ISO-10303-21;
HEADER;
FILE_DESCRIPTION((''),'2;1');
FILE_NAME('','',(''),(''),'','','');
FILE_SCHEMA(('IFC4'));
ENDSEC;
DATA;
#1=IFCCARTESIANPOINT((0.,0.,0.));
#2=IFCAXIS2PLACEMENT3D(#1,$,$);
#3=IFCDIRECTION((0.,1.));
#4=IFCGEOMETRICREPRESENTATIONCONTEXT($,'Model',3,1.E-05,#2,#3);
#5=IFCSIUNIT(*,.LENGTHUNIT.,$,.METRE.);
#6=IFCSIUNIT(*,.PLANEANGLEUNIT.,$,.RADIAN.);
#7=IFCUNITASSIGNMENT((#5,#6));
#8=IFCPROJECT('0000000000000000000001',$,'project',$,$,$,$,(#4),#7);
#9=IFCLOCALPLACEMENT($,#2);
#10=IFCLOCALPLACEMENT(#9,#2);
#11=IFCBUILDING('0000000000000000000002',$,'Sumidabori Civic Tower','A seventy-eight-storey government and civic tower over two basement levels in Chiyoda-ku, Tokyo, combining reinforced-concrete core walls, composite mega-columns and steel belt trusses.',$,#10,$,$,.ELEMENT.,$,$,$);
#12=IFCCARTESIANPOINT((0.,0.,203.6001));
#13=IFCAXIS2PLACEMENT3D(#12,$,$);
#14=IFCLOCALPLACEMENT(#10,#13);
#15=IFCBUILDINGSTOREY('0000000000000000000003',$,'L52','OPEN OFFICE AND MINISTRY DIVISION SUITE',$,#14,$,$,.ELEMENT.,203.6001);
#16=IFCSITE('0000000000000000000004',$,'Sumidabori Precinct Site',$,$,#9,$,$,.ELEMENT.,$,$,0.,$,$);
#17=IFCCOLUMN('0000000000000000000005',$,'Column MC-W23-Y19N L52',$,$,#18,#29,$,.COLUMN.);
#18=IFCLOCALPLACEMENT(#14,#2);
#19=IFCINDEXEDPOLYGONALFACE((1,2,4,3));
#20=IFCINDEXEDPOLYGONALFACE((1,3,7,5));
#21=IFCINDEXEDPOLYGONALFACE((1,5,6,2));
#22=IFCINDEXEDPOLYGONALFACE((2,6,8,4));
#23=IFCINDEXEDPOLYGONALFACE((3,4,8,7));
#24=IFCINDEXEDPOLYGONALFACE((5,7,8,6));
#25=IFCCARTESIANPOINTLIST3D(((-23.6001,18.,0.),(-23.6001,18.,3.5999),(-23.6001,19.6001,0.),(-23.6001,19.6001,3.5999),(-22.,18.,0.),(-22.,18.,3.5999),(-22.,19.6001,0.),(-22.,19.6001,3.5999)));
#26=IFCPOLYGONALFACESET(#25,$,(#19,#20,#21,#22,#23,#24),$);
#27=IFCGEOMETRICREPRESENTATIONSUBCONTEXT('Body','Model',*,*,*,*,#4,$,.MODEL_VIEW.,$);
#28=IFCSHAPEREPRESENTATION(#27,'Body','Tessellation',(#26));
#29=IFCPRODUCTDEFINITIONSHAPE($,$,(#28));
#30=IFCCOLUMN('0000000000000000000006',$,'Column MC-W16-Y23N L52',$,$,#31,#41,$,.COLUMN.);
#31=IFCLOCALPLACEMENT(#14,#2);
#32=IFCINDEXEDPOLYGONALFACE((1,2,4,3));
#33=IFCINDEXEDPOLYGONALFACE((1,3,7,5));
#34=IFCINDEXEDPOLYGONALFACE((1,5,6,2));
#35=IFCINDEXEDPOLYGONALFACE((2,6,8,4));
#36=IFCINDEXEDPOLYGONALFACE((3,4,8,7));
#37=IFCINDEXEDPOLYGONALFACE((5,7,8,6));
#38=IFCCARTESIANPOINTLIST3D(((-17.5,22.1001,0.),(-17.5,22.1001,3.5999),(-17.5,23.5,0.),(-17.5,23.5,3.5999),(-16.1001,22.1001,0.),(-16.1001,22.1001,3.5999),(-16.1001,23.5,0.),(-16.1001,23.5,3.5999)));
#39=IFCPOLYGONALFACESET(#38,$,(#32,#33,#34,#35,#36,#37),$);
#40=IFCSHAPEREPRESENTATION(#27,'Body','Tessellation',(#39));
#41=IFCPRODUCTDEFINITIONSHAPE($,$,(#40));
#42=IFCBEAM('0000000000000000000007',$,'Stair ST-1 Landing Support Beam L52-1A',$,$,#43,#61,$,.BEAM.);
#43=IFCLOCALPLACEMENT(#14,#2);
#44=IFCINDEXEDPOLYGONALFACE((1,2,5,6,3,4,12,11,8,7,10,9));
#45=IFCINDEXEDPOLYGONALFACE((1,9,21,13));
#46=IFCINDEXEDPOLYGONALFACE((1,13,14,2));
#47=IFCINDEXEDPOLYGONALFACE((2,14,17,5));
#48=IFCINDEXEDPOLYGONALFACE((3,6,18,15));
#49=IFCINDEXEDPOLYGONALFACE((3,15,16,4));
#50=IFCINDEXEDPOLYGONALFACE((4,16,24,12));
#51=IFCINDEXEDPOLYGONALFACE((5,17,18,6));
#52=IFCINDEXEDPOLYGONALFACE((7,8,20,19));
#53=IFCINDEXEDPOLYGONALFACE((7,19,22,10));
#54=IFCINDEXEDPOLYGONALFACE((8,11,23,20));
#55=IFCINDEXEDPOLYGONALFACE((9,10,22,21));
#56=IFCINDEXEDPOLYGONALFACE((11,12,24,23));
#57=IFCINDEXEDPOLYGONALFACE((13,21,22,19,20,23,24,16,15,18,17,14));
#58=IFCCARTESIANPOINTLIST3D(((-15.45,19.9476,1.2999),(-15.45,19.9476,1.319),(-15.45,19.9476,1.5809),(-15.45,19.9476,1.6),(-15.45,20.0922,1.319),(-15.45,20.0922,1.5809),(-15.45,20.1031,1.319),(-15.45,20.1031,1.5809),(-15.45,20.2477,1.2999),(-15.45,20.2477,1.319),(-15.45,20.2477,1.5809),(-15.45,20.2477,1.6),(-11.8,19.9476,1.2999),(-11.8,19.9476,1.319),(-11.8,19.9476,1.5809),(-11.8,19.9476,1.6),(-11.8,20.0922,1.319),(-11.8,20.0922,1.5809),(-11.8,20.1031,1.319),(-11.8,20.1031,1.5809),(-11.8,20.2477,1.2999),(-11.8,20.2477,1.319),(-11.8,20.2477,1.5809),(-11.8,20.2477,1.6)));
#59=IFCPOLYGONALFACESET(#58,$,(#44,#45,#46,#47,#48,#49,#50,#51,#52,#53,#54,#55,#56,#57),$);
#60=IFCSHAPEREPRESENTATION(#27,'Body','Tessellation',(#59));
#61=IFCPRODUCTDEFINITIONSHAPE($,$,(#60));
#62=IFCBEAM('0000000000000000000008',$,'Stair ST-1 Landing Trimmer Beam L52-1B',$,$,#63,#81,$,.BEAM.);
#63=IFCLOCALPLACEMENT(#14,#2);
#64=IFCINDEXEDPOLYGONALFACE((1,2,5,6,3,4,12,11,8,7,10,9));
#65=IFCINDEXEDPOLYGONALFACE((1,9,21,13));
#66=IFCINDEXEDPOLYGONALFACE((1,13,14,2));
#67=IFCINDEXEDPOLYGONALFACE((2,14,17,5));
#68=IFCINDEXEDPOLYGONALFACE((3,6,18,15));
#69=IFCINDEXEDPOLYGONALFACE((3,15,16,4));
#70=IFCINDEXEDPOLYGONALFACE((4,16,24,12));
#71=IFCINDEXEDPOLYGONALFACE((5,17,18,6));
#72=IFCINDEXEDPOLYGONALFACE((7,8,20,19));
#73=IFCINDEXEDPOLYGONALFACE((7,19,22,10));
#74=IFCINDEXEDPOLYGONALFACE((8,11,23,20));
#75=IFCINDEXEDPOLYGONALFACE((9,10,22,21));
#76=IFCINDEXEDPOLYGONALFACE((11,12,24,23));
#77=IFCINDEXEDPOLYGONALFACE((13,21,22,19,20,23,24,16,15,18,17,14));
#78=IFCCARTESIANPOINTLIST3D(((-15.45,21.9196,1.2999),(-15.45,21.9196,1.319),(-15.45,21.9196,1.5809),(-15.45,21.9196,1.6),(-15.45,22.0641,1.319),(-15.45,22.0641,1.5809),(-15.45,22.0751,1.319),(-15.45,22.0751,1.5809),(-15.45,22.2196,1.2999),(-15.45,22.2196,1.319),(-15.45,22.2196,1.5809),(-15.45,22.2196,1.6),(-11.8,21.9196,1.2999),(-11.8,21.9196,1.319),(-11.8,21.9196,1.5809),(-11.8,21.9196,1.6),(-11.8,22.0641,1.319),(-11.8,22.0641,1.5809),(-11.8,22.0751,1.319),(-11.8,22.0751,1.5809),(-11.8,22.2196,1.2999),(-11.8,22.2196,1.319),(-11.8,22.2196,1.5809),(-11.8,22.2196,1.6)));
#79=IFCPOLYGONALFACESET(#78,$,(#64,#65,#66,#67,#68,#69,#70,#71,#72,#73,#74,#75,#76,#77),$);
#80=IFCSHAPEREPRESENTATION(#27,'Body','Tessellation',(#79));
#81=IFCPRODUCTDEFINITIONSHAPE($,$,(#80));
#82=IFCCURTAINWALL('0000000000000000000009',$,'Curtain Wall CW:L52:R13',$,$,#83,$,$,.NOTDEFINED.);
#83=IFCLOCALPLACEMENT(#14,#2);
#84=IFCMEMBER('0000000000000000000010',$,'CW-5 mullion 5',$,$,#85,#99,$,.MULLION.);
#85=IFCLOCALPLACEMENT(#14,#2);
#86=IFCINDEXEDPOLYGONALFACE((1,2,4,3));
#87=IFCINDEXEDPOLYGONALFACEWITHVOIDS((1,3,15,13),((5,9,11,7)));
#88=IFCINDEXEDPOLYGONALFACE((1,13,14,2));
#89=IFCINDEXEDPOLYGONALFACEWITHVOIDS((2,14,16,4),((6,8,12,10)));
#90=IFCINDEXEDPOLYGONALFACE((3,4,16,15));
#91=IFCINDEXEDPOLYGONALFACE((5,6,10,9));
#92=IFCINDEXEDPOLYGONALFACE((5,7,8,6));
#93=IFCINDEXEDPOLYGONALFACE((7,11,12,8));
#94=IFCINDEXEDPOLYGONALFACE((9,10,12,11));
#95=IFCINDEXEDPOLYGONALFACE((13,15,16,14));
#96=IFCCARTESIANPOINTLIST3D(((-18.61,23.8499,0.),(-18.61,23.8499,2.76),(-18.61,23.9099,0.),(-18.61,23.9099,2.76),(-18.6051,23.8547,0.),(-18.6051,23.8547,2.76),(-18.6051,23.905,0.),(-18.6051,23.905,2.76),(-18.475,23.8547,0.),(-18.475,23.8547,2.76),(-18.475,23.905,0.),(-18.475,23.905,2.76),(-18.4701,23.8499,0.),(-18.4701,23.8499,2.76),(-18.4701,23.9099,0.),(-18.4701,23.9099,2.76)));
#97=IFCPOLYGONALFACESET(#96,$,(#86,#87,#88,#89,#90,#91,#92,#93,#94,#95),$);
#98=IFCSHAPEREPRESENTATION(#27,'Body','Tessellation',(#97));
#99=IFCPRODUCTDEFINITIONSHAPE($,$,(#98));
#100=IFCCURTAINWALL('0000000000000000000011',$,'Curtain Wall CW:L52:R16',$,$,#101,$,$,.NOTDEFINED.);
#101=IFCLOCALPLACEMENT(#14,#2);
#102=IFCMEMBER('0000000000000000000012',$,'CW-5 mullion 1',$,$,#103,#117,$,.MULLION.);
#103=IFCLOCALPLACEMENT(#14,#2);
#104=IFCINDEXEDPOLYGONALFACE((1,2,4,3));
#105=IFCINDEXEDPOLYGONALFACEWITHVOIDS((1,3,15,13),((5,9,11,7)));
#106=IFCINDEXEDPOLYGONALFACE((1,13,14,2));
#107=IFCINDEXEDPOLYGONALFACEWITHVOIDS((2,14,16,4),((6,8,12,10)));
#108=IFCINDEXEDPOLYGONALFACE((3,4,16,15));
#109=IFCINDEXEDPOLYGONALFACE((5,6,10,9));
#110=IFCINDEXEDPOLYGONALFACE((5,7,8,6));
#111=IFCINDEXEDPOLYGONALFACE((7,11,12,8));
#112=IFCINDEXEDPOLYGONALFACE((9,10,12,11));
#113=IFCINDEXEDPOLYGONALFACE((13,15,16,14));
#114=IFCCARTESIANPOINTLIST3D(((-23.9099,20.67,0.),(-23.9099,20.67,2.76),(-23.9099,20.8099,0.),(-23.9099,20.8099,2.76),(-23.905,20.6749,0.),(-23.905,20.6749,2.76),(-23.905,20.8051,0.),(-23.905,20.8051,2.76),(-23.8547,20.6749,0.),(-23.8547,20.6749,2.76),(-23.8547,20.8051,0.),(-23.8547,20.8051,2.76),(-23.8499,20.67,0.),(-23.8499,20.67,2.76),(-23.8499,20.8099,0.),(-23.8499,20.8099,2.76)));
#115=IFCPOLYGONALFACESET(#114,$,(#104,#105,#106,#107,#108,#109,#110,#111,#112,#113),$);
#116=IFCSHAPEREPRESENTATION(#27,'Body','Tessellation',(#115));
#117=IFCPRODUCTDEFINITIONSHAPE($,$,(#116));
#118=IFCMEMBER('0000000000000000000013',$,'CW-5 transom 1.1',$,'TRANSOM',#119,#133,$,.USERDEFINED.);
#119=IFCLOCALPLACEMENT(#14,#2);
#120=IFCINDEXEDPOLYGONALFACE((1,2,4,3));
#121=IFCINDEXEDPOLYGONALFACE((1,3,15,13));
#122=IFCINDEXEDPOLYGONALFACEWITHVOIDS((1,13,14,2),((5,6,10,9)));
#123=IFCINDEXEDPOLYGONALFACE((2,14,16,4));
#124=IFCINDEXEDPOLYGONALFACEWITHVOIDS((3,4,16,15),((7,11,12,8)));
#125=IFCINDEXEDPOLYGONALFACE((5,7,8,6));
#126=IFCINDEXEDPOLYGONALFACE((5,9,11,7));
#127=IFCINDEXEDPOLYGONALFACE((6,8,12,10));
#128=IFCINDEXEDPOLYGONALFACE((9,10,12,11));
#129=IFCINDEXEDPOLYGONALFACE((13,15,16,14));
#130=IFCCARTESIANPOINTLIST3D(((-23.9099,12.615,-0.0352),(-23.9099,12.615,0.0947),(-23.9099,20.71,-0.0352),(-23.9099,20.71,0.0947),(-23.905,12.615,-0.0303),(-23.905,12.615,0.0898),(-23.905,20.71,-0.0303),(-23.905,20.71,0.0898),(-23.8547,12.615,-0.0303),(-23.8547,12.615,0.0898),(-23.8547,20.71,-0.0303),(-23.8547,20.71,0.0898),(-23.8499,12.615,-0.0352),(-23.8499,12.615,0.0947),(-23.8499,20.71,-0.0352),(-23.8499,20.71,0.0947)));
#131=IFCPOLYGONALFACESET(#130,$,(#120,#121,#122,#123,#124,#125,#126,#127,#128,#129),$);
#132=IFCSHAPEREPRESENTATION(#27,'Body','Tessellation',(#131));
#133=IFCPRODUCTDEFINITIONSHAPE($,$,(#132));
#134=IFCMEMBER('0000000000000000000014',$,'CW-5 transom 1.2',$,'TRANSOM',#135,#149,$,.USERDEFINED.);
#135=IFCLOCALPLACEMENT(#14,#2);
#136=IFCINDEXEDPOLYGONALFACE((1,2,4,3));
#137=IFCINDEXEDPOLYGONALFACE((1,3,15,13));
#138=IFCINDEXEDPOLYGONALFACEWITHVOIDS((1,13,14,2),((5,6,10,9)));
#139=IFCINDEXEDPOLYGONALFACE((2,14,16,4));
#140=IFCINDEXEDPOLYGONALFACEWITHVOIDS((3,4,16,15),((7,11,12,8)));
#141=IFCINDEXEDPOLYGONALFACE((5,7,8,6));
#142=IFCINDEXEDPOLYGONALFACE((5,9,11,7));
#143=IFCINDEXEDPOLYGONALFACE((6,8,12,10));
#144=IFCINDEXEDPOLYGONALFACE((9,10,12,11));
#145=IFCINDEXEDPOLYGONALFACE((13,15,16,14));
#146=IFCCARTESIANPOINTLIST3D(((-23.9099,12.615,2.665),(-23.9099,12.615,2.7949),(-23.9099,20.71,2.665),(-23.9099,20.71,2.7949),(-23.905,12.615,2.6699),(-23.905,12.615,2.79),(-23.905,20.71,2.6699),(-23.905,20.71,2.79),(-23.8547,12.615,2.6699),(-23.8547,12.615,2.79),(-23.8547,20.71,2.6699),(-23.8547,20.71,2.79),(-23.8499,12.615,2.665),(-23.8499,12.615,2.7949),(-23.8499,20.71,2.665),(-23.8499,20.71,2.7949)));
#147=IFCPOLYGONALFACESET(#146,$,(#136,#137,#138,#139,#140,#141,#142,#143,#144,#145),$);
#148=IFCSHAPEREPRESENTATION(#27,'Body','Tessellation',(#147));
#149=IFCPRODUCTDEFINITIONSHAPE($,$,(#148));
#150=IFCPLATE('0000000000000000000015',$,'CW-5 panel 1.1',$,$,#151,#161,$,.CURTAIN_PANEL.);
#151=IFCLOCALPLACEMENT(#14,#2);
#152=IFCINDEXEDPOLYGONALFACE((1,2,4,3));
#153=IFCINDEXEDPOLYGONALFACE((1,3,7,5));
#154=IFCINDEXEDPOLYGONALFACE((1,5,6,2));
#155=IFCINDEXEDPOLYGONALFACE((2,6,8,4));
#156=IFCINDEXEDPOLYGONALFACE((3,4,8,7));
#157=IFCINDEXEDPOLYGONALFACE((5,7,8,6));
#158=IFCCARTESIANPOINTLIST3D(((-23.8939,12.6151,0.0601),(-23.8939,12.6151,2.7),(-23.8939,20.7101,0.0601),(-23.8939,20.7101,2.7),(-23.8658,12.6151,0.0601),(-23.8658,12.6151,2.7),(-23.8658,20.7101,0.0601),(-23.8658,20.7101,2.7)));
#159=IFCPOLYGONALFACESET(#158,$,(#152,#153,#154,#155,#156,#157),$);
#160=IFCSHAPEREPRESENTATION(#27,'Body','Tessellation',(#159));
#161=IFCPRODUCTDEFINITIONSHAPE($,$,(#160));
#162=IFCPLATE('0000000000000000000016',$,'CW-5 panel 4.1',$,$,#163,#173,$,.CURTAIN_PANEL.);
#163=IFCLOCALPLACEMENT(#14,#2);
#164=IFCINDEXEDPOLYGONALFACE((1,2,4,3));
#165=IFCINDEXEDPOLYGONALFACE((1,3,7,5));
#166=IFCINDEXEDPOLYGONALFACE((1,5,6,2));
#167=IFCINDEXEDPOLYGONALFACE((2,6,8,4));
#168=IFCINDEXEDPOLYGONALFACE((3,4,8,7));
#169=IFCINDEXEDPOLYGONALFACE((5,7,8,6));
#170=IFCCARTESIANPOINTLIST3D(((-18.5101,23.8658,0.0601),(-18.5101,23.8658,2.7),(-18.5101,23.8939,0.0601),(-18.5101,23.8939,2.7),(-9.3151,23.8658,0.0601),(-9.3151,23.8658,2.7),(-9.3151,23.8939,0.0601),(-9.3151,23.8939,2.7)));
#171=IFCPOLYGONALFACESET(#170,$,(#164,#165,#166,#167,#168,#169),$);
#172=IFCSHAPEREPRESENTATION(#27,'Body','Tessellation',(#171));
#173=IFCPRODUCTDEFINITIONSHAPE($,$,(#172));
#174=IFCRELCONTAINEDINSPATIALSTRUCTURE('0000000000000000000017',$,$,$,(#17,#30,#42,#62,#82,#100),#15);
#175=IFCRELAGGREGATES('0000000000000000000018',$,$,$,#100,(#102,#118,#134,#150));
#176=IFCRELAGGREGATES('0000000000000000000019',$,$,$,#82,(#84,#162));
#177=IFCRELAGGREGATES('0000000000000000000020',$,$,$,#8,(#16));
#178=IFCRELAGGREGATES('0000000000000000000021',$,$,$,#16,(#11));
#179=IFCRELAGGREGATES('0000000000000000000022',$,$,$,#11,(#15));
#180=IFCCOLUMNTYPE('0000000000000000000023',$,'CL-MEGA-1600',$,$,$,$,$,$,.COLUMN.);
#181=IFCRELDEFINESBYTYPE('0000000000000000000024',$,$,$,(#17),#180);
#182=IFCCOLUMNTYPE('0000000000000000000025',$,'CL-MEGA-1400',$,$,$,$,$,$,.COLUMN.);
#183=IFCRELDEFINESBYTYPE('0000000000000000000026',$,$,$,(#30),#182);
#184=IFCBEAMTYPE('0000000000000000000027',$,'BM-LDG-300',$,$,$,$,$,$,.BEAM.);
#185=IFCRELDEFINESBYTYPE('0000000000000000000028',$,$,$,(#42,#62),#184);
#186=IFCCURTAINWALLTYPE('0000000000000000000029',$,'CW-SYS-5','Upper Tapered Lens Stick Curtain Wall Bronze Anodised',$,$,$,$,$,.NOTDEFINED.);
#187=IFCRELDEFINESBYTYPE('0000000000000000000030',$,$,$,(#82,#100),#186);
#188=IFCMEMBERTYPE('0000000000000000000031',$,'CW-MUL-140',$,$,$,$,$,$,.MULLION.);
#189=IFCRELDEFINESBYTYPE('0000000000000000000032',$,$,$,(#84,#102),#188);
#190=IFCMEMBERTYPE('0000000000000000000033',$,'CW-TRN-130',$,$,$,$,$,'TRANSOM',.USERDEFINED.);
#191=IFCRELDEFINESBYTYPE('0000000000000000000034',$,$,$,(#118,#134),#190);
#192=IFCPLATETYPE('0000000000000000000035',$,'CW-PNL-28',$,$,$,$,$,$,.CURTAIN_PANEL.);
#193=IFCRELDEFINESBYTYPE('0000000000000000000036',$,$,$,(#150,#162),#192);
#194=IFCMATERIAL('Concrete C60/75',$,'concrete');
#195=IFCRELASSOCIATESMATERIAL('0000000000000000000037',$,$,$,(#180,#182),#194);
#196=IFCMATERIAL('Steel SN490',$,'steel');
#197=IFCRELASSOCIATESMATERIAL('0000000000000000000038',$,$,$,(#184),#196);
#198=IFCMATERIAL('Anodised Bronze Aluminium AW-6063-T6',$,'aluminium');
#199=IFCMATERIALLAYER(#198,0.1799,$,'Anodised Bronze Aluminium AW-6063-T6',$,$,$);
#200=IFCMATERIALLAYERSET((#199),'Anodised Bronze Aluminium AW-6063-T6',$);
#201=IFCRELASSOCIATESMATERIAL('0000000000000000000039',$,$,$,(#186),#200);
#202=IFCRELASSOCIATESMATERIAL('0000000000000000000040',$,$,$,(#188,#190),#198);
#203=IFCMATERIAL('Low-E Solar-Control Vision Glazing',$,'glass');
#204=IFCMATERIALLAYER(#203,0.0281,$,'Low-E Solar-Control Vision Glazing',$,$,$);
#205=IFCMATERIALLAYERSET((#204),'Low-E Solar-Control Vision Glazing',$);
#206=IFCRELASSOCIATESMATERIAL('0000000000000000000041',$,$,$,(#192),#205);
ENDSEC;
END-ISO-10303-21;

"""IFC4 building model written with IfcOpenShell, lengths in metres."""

from ifc_helpers import new_model, si_unit, direction, frame, origin, origin_2d, place, context, subcontext, project, spatial, rectangle, hollow_rectangle, i_section, extrude, source, transform, mapped, material, layer, layer_set, material_profile, profile_set, type_object, element, aggregate, save


model = new_model("IFC4")

# Units and contexts
model_context = context("Model", 3, precision=1e-05, world=origin(), true_north=direction((0.0, 1.0)))
body_context = subcontext(model_context, "Body", "Model", "MODEL_VIEW")
ifc_project = project(units=[si_unit("LENGTHUNIT", "METRE"), si_unit("PLANEANGLEUNIT", "RADIAN")], contexts=[model_context])

# Site, building, storey
site_placement = place(None, origin())
site = spatial("IfcSite", under=ifc_project, at=site_placement, Name="Sumidabori Precinct Site", CompositionType="ELEMENT", RefElevation=0.0)
building_placement = place(site_placement, origin())
building = spatial("IfcBuilding", under=site, at=building_placement, Name="Sumidabori Civic Tower", Description="A seventy-eight-storey government and civic tower over two basement levels in Chiyoda-ku, Tokyo, combining reinforced-concrete core walls, composite mega-columns and steel belt trusses.", CompositionType="ELEMENT")
storey_placement = place(building_placement, frame((0.0, 0.0, 203.6001)))
storey = spatial("IfcBuildingStorey", under=building, at=storey_placement, Name="L52", Description="OPEN OFFICE AND MINISTRY DIVISION SUITE", CompositionType="ELEMENT", Elevation=203.6001)

# Columns
ifc_material_1 = material(Name="Concrete C60/75", Category="concrete")
ifc_material_profile_1 = material_profile(ifc_material_1, rectangle(XDim=1.6001, YDim=1.6001, at=origin_2d()), Name="RC 1600x1600")
ifc_profile_set_1 = profile_set([ifc_material_profile_1], Name="Concrete C60/75")
column_type_1 = type_object("IfcColumnType", Name="CL-MEGA-1600", PredefinedType="COLUMN", material=ifc_profile_set_1)
shared_shape_1 = source(origin(), body_context, "Body", "SweptSolid", [
    extrude(rectangle(XDim=1.6001, YDim=1.6001, at=origin_2d()), origin(), (0.0, 0.0, 1.0), 3.5999),
])
column_1_placement = place(storey_placement, frame((-22.8, 18.8, 0.0), z_axis=(0.0, 0.0, 1.0), x_axis=(1.0, 0.0, 0.0)))
element("IfcColumn", 1, at=column_1_placement, inside=storey, type_object=column_type_1, Name="Column MC-W23-Y19N L52", PredefinedType="COLUMN", context=body_context, shape_type="MappedRepresentation", body=[
    mapped(shared_shape_1, transform((0.0, 0.0, 0.0), x_axis=(1.0, 0.0, 0.0), y_axis=(0.0, 1.0, 0.0), z_axis=(0.0, 0.0, 1.0), scale=1.0)),
])
ifc_material_profile_2 = material_profile(ifc_material_1, rectangle(XDim=1.3999, YDim=1.3999, at=origin_2d()), Name="RC 1400x1400")
ifc_profile_set_2 = profile_set([ifc_material_profile_2], Name="Concrete C60/75")
column_type_2 = type_object("IfcColumnType", Name="CL-MEGA-1400", PredefinedType="COLUMN", material=ifc_profile_set_2)
shared_shape_2 = source(origin(), body_context, "Body", "SweptSolid", [
    extrude(rectangle(XDim=1.3999, YDim=1.3999, at=origin_2d()), origin(), (0.0, 0.0, 1.0), 3.5999),
])
column_2_placement = place(storey_placement, frame((-16.8, 22.8, 0.0), z_axis=(0.0, 0.0, 1.0), x_axis=(1.0, 0.0, 0.0)))
element("IfcColumn", 2, at=column_2_placement, inside=storey, type_object=column_type_2, Name="Column MC-W16-Y23N L52", PredefinedType="COLUMN", context=body_context, shape_type="MappedRepresentation", body=[
    mapped(shared_shape_2, transform((0.0, 0.0, 0.0), x_axis=(1.0, 0.0, 0.0), y_axis=(0.0, 1.0, 0.0), z_axis=(0.0, 0.0, 1.0), scale=1.0)),
])

# Beams
ifc_material_2 = material(Name="Steel SN490", Category="steel")
ifc_material_profile_3 = material_profile(ifc_material_2, i_section(OverallWidth=0.3, OverallDepth=0.3, WebThickness=0.011, FlangeThickness=0.019, at=origin_2d()), Name="HE 300 B")
ifc_profile_set_3 = profile_set([ifc_material_profile_3], Name="Steel SN490")
beam_type = type_object("IfcBeamType", Name="BM-LDG-300", PredefinedType="BEAM", material=ifc_profile_set_3)
shared_shape_3 = source(origin(), body_context, "Body", "SweptSolid", [
    extrude(i_section(OverallWidth=0.3, OverallDepth=0.3, WebThickness=0.011, FlangeThickness=0.019, at=origin_2d()), origin(), (0.0, 0.0, 1.0), 3.6499),
])
for number, where, z_axis, x_axis, name in (
    (3, (-15.45, 20.0977, 1.45), (1.0, 0.0, 0.0), (0.0, 1.0, 0.0), "Stair ST-1 Landing Support Beam L52-1A"),
    (4, (-15.45, 22.0696, 1.45), (1.0, 0.0, 0.0), (0.0, 1.0, 0.0), "Stair ST-1 Landing Trimmer Beam L52-1B"),
):
    element("IfcBeam", number, at=place(storey_placement, frame(where, z_axis=z_axis, x_axis=x_axis)), inside=storey, type_object=beam_type, Name=name, PredefinedType="BEAM", context=body_context, shape_type="MappedRepresentation", body=[
        mapped(shared_shape_3, transform((0.0, 0.0, 0.0), x_axis=(1.0, 0.0, 0.0), y_axis=(0.0, 1.0, 0.0), z_axis=(0.0, 0.0, 1.0), scale=1.0)),
    ])

# Curtain wall, member
ifc_material_3 = material(Name="Anodised Bronze Aluminium AW-6063-T6", Category="aluminium")
ifc_layer_1 = layer(ifc_material_3, 0.1799, Name="Anodised Bronze Aluminium AW-6063-T6")
ifc_layer_set_1 = layer_set([ifc_layer_1], Name="Anodised Bronze Aluminium AW-6063-T6")
curtain_wall_type = type_object("IfcCurtainWallType", Name="CW-SYS-5", Description="Upper Tapered Lens Stick Curtain Wall Bronze Anodised", PredefinedType="NOTDEFINED", material=ifc_layer_set_1)
curtain_wall_1_placement = place(storey_placement, origin())
curtain_wall_1 = element("IfcCurtainWall", 5, at=curtain_wall_1_placement, inside=storey, type_object=curtain_wall_type, Name="Curtain Wall CW:L52:R13", PredefinedType="NOTDEFINED")
ifc_material_profile_4 = material_profile(ifc_material_3, hollow_rectangle(XDim=0.0601, YDim=0.1399, WallThickness=0.0049, at=origin_2d()), Name="ALU MULLION 140x60")
ifc_profile_set_4 = profile_set([ifc_material_profile_4], Name="Anodised Bronze Aluminium AW-6063-T6")
member_type_1 = type_object("IfcMemberType", Name="CW-MUL-140", PredefinedType="MULLION", material=ifc_profile_set_4)
shared_shape_4 = source(origin(), body_context, "Body", "SweptSolid", [
    extrude(hollow_rectangle(XDim=0.0601, YDim=0.1399, WallThickness=0.0049, at=origin_2d()), origin(), (0.0, 0.0, 1.0), 2.76),
])
member_1_placement = place(storey_placement, frame((-18.54, 23.8799, 0.0), z_axis=(0.0, 0.0, 1.0), x_axis=(0.0, -1.0, 0.0)))
member_1 = element("IfcMember", 6, at=member_1_placement, type_object=member_type_1, Name="CW-5 mullion 5", PredefinedType="MULLION", context=body_context, shape_type="MappedRepresentation", body=[
    mapped(shared_shape_4, transform((0.0, 0.0, 0.0), x_axis=(1.0, 0.0, 0.0), y_axis=(0.0, 1.0, 0.0), z_axis=(0.0, 0.0, 1.0), scale=1.0)),
])

# Curtain wall, members, plate
curtain_wall_2_placement = place(storey_placement, origin())
curtain_wall_2 = element("IfcCurtainWall", 7, at=curtain_wall_2_placement, inside=storey, type_object=curtain_wall_type, Name="Curtain Wall CW:L52:R16", PredefinedType="NOTDEFINED")
member_2_placement = place(storey_placement, frame((-23.8799, 20.74, 0.0), z_axis=(0.0, 0.0, 1.0), x_axis=(1.0, 0.0, 0.0)))
member_2 = element("IfcMember", 8, at=member_2_placement, type_object=member_type_1, Name="CW-5 mullion 1", PredefinedType="MULLION", context=body_context, shape_type="MappedRepresentation", body=[
    mapped(shared_shape_4, transform((0.0, 0.0, 0.0), x_axis=(1.0, 0.0, 0.0), y_axis=(0.0, 1.0, 0.0), z_axis=(0.0, 0.0, 1.0), scale=1.0)),
])
ifc_material_profile_5 = material_profile(ifc_material_3, hollow_rectangle(XDim=0.0601, YDim=0.1299, WallThickness=0.0049, at=origin_2d()), Name="ALU TRANSOM 130x60")
ifc_profile_set_5 = profile_set([ifc_material_profile_5], Name="Anodised Bronze Aluminium AW-6063-T6")
member_type_2 = type_object("IfcMemberType", Name="CW-TRN-130", ElementType="TRANSOM", PredefinedType="USERDEFINED", material=ifc_profile_set_5)
shared_shape_5 = source(origin(), body_context, "Body", "SweptSolid", [
    extrude(hollow_rectangle(XDim=0.0601, YDim=0.1299, WallThickness=0.0049, at=origin_2d()), origin(), (0.0, 0.0, 1.0), 8.095),
])
member_3_placement = place(storey_placement, frame((-23.8799, 20.71, 0.0298), z_axis=(0.0, -1.0, 0.0), x_axis=(1.0, 0.0, 0.0)))
member_3 = element("IfcMember", 9, at=member_3_placement, type_object=member_type_2, Name="CW-5 transom 1.1", ObjectType="TRANSOM", PredefinedType="USERDEFINED", context=body_context, shape_type="MappedRepresentation", body=[
    mapped(shared_shape_5, transform((0.0, 0.0, 0.0), x_axis=(1.0, 0.0, 0.0), y_axis=(0.0, 1.0, 0.0), z_axis=(0.0, 0.0, 1.0), scale=1.0)),
])
member_4_placement = place(storey_placement, frame((-23.8799, 20.71, 2.73), z_axis=(0.0, -1.0, 0.0), x_axis=(1.0, 0.0, 0.0)))
member_4 = element("IfcMember", 10, at=member_4_placement, type_object=member_type_2, Name="CW-5 transom 1.2", ObjectType="TRANSOM", PredefinedType="USERDEFINED", context=body_context, shape_type="MappedRepresentation", body=[
    mapped(shared_shape_5, transform((0.0, 0.0, 0.0), x_axis=(1.0, 0.0, 0.0), y_axis=(0.0, 1.0, 0.0), z_axis=(0.0, 0.0, 1.0), scale=1.0)),
])
ifc_material_4 = material(Name="Low-E Solar-Control Vision Glazing", Category="glass")
ifc_layer_2 = layer(ifc_material_4, 0.0281, Name="Low-E Solar-Control Vision Glazing")
ifc_layer_set_2 = layer_set([ifc_layer_2], Name="Low-E Solar-Control Vision Glazing")
plate_type = type_object("IfcPlateType", Name="CW-PNL-28", PredefinedType="CURTAIN_PANEL", material=ifc_layer_set_2)
shared_shape_6 = source(origin(), body_context, "Body", "SweptSolid", [
    extrude(rectangle(XDim=8.095, YDim=0.0281, at=origin_2d()), origin(), (0.0, 0.0, 1.0), 2.6399),
])
plate_1_placement = place(storey_placement, frame((-23.8799, 16.6626, 0.0601), z_axis=(0.0, 0.0, 1.0), x_axis=(0.0, -1.0, 0.0)))
plate_1 = element("IfcPlate", 11, at=plate_1_placement, type_object=plate_type, Name="CW-5 panel 1.1", PredefinedType="CURTAIN_PANEL", context=body_context, shape_type="MappedRepresentation", body=[
    mapped(shared_shape_6, transform((0.0, 0.0, 0.0), x_axis=(1.0, 0.0, 0.0), y_axis=(0.0, 1.0, 0.0), z_axis=(0.0, 0.0, 1.0), scale=1.0)),
])
aggregate(curtain_wall_2, [member_2, member_3, member_4, plate_1])

# Plate
shared_shape_7 = source(origin(), body_context, "Body", "SweptSolid", [
    extrude(rectangle(XDim=9.1951, YDim=0.0281, at=origin_2d()), origin(), (0.0, 0.0, 1.0), 2.6399),
])
plate_2_placement = place(storey_placement, frame((-13.9126, 23.8799, 0.0601), z_axis=(0.0, 0.0, 1.0), x_axis=(-1.0, 0.0, 0.0)))
plate_2 = element("IfcPlate", 12, at=plate_2_placement, type_object=plate_type, Name="CW-5 panel 4.1", PredefinedType="CURTAIN_PANEL", context=body_context, shape_type="MappedRepresentation", body=[
    mapped(shared_shape_7, transform((0.0, 0.0, 0.0), x_axis=(1.0, 0.0, 0.0), y_axis=(0.0, 1.0, 0.0), z_axis=(0.0, 0.0, 1.0), scale=1.0)),
])
aggregate(curtain_wall_1, [member_1, plate_2])

save(model, "model.ifc")
